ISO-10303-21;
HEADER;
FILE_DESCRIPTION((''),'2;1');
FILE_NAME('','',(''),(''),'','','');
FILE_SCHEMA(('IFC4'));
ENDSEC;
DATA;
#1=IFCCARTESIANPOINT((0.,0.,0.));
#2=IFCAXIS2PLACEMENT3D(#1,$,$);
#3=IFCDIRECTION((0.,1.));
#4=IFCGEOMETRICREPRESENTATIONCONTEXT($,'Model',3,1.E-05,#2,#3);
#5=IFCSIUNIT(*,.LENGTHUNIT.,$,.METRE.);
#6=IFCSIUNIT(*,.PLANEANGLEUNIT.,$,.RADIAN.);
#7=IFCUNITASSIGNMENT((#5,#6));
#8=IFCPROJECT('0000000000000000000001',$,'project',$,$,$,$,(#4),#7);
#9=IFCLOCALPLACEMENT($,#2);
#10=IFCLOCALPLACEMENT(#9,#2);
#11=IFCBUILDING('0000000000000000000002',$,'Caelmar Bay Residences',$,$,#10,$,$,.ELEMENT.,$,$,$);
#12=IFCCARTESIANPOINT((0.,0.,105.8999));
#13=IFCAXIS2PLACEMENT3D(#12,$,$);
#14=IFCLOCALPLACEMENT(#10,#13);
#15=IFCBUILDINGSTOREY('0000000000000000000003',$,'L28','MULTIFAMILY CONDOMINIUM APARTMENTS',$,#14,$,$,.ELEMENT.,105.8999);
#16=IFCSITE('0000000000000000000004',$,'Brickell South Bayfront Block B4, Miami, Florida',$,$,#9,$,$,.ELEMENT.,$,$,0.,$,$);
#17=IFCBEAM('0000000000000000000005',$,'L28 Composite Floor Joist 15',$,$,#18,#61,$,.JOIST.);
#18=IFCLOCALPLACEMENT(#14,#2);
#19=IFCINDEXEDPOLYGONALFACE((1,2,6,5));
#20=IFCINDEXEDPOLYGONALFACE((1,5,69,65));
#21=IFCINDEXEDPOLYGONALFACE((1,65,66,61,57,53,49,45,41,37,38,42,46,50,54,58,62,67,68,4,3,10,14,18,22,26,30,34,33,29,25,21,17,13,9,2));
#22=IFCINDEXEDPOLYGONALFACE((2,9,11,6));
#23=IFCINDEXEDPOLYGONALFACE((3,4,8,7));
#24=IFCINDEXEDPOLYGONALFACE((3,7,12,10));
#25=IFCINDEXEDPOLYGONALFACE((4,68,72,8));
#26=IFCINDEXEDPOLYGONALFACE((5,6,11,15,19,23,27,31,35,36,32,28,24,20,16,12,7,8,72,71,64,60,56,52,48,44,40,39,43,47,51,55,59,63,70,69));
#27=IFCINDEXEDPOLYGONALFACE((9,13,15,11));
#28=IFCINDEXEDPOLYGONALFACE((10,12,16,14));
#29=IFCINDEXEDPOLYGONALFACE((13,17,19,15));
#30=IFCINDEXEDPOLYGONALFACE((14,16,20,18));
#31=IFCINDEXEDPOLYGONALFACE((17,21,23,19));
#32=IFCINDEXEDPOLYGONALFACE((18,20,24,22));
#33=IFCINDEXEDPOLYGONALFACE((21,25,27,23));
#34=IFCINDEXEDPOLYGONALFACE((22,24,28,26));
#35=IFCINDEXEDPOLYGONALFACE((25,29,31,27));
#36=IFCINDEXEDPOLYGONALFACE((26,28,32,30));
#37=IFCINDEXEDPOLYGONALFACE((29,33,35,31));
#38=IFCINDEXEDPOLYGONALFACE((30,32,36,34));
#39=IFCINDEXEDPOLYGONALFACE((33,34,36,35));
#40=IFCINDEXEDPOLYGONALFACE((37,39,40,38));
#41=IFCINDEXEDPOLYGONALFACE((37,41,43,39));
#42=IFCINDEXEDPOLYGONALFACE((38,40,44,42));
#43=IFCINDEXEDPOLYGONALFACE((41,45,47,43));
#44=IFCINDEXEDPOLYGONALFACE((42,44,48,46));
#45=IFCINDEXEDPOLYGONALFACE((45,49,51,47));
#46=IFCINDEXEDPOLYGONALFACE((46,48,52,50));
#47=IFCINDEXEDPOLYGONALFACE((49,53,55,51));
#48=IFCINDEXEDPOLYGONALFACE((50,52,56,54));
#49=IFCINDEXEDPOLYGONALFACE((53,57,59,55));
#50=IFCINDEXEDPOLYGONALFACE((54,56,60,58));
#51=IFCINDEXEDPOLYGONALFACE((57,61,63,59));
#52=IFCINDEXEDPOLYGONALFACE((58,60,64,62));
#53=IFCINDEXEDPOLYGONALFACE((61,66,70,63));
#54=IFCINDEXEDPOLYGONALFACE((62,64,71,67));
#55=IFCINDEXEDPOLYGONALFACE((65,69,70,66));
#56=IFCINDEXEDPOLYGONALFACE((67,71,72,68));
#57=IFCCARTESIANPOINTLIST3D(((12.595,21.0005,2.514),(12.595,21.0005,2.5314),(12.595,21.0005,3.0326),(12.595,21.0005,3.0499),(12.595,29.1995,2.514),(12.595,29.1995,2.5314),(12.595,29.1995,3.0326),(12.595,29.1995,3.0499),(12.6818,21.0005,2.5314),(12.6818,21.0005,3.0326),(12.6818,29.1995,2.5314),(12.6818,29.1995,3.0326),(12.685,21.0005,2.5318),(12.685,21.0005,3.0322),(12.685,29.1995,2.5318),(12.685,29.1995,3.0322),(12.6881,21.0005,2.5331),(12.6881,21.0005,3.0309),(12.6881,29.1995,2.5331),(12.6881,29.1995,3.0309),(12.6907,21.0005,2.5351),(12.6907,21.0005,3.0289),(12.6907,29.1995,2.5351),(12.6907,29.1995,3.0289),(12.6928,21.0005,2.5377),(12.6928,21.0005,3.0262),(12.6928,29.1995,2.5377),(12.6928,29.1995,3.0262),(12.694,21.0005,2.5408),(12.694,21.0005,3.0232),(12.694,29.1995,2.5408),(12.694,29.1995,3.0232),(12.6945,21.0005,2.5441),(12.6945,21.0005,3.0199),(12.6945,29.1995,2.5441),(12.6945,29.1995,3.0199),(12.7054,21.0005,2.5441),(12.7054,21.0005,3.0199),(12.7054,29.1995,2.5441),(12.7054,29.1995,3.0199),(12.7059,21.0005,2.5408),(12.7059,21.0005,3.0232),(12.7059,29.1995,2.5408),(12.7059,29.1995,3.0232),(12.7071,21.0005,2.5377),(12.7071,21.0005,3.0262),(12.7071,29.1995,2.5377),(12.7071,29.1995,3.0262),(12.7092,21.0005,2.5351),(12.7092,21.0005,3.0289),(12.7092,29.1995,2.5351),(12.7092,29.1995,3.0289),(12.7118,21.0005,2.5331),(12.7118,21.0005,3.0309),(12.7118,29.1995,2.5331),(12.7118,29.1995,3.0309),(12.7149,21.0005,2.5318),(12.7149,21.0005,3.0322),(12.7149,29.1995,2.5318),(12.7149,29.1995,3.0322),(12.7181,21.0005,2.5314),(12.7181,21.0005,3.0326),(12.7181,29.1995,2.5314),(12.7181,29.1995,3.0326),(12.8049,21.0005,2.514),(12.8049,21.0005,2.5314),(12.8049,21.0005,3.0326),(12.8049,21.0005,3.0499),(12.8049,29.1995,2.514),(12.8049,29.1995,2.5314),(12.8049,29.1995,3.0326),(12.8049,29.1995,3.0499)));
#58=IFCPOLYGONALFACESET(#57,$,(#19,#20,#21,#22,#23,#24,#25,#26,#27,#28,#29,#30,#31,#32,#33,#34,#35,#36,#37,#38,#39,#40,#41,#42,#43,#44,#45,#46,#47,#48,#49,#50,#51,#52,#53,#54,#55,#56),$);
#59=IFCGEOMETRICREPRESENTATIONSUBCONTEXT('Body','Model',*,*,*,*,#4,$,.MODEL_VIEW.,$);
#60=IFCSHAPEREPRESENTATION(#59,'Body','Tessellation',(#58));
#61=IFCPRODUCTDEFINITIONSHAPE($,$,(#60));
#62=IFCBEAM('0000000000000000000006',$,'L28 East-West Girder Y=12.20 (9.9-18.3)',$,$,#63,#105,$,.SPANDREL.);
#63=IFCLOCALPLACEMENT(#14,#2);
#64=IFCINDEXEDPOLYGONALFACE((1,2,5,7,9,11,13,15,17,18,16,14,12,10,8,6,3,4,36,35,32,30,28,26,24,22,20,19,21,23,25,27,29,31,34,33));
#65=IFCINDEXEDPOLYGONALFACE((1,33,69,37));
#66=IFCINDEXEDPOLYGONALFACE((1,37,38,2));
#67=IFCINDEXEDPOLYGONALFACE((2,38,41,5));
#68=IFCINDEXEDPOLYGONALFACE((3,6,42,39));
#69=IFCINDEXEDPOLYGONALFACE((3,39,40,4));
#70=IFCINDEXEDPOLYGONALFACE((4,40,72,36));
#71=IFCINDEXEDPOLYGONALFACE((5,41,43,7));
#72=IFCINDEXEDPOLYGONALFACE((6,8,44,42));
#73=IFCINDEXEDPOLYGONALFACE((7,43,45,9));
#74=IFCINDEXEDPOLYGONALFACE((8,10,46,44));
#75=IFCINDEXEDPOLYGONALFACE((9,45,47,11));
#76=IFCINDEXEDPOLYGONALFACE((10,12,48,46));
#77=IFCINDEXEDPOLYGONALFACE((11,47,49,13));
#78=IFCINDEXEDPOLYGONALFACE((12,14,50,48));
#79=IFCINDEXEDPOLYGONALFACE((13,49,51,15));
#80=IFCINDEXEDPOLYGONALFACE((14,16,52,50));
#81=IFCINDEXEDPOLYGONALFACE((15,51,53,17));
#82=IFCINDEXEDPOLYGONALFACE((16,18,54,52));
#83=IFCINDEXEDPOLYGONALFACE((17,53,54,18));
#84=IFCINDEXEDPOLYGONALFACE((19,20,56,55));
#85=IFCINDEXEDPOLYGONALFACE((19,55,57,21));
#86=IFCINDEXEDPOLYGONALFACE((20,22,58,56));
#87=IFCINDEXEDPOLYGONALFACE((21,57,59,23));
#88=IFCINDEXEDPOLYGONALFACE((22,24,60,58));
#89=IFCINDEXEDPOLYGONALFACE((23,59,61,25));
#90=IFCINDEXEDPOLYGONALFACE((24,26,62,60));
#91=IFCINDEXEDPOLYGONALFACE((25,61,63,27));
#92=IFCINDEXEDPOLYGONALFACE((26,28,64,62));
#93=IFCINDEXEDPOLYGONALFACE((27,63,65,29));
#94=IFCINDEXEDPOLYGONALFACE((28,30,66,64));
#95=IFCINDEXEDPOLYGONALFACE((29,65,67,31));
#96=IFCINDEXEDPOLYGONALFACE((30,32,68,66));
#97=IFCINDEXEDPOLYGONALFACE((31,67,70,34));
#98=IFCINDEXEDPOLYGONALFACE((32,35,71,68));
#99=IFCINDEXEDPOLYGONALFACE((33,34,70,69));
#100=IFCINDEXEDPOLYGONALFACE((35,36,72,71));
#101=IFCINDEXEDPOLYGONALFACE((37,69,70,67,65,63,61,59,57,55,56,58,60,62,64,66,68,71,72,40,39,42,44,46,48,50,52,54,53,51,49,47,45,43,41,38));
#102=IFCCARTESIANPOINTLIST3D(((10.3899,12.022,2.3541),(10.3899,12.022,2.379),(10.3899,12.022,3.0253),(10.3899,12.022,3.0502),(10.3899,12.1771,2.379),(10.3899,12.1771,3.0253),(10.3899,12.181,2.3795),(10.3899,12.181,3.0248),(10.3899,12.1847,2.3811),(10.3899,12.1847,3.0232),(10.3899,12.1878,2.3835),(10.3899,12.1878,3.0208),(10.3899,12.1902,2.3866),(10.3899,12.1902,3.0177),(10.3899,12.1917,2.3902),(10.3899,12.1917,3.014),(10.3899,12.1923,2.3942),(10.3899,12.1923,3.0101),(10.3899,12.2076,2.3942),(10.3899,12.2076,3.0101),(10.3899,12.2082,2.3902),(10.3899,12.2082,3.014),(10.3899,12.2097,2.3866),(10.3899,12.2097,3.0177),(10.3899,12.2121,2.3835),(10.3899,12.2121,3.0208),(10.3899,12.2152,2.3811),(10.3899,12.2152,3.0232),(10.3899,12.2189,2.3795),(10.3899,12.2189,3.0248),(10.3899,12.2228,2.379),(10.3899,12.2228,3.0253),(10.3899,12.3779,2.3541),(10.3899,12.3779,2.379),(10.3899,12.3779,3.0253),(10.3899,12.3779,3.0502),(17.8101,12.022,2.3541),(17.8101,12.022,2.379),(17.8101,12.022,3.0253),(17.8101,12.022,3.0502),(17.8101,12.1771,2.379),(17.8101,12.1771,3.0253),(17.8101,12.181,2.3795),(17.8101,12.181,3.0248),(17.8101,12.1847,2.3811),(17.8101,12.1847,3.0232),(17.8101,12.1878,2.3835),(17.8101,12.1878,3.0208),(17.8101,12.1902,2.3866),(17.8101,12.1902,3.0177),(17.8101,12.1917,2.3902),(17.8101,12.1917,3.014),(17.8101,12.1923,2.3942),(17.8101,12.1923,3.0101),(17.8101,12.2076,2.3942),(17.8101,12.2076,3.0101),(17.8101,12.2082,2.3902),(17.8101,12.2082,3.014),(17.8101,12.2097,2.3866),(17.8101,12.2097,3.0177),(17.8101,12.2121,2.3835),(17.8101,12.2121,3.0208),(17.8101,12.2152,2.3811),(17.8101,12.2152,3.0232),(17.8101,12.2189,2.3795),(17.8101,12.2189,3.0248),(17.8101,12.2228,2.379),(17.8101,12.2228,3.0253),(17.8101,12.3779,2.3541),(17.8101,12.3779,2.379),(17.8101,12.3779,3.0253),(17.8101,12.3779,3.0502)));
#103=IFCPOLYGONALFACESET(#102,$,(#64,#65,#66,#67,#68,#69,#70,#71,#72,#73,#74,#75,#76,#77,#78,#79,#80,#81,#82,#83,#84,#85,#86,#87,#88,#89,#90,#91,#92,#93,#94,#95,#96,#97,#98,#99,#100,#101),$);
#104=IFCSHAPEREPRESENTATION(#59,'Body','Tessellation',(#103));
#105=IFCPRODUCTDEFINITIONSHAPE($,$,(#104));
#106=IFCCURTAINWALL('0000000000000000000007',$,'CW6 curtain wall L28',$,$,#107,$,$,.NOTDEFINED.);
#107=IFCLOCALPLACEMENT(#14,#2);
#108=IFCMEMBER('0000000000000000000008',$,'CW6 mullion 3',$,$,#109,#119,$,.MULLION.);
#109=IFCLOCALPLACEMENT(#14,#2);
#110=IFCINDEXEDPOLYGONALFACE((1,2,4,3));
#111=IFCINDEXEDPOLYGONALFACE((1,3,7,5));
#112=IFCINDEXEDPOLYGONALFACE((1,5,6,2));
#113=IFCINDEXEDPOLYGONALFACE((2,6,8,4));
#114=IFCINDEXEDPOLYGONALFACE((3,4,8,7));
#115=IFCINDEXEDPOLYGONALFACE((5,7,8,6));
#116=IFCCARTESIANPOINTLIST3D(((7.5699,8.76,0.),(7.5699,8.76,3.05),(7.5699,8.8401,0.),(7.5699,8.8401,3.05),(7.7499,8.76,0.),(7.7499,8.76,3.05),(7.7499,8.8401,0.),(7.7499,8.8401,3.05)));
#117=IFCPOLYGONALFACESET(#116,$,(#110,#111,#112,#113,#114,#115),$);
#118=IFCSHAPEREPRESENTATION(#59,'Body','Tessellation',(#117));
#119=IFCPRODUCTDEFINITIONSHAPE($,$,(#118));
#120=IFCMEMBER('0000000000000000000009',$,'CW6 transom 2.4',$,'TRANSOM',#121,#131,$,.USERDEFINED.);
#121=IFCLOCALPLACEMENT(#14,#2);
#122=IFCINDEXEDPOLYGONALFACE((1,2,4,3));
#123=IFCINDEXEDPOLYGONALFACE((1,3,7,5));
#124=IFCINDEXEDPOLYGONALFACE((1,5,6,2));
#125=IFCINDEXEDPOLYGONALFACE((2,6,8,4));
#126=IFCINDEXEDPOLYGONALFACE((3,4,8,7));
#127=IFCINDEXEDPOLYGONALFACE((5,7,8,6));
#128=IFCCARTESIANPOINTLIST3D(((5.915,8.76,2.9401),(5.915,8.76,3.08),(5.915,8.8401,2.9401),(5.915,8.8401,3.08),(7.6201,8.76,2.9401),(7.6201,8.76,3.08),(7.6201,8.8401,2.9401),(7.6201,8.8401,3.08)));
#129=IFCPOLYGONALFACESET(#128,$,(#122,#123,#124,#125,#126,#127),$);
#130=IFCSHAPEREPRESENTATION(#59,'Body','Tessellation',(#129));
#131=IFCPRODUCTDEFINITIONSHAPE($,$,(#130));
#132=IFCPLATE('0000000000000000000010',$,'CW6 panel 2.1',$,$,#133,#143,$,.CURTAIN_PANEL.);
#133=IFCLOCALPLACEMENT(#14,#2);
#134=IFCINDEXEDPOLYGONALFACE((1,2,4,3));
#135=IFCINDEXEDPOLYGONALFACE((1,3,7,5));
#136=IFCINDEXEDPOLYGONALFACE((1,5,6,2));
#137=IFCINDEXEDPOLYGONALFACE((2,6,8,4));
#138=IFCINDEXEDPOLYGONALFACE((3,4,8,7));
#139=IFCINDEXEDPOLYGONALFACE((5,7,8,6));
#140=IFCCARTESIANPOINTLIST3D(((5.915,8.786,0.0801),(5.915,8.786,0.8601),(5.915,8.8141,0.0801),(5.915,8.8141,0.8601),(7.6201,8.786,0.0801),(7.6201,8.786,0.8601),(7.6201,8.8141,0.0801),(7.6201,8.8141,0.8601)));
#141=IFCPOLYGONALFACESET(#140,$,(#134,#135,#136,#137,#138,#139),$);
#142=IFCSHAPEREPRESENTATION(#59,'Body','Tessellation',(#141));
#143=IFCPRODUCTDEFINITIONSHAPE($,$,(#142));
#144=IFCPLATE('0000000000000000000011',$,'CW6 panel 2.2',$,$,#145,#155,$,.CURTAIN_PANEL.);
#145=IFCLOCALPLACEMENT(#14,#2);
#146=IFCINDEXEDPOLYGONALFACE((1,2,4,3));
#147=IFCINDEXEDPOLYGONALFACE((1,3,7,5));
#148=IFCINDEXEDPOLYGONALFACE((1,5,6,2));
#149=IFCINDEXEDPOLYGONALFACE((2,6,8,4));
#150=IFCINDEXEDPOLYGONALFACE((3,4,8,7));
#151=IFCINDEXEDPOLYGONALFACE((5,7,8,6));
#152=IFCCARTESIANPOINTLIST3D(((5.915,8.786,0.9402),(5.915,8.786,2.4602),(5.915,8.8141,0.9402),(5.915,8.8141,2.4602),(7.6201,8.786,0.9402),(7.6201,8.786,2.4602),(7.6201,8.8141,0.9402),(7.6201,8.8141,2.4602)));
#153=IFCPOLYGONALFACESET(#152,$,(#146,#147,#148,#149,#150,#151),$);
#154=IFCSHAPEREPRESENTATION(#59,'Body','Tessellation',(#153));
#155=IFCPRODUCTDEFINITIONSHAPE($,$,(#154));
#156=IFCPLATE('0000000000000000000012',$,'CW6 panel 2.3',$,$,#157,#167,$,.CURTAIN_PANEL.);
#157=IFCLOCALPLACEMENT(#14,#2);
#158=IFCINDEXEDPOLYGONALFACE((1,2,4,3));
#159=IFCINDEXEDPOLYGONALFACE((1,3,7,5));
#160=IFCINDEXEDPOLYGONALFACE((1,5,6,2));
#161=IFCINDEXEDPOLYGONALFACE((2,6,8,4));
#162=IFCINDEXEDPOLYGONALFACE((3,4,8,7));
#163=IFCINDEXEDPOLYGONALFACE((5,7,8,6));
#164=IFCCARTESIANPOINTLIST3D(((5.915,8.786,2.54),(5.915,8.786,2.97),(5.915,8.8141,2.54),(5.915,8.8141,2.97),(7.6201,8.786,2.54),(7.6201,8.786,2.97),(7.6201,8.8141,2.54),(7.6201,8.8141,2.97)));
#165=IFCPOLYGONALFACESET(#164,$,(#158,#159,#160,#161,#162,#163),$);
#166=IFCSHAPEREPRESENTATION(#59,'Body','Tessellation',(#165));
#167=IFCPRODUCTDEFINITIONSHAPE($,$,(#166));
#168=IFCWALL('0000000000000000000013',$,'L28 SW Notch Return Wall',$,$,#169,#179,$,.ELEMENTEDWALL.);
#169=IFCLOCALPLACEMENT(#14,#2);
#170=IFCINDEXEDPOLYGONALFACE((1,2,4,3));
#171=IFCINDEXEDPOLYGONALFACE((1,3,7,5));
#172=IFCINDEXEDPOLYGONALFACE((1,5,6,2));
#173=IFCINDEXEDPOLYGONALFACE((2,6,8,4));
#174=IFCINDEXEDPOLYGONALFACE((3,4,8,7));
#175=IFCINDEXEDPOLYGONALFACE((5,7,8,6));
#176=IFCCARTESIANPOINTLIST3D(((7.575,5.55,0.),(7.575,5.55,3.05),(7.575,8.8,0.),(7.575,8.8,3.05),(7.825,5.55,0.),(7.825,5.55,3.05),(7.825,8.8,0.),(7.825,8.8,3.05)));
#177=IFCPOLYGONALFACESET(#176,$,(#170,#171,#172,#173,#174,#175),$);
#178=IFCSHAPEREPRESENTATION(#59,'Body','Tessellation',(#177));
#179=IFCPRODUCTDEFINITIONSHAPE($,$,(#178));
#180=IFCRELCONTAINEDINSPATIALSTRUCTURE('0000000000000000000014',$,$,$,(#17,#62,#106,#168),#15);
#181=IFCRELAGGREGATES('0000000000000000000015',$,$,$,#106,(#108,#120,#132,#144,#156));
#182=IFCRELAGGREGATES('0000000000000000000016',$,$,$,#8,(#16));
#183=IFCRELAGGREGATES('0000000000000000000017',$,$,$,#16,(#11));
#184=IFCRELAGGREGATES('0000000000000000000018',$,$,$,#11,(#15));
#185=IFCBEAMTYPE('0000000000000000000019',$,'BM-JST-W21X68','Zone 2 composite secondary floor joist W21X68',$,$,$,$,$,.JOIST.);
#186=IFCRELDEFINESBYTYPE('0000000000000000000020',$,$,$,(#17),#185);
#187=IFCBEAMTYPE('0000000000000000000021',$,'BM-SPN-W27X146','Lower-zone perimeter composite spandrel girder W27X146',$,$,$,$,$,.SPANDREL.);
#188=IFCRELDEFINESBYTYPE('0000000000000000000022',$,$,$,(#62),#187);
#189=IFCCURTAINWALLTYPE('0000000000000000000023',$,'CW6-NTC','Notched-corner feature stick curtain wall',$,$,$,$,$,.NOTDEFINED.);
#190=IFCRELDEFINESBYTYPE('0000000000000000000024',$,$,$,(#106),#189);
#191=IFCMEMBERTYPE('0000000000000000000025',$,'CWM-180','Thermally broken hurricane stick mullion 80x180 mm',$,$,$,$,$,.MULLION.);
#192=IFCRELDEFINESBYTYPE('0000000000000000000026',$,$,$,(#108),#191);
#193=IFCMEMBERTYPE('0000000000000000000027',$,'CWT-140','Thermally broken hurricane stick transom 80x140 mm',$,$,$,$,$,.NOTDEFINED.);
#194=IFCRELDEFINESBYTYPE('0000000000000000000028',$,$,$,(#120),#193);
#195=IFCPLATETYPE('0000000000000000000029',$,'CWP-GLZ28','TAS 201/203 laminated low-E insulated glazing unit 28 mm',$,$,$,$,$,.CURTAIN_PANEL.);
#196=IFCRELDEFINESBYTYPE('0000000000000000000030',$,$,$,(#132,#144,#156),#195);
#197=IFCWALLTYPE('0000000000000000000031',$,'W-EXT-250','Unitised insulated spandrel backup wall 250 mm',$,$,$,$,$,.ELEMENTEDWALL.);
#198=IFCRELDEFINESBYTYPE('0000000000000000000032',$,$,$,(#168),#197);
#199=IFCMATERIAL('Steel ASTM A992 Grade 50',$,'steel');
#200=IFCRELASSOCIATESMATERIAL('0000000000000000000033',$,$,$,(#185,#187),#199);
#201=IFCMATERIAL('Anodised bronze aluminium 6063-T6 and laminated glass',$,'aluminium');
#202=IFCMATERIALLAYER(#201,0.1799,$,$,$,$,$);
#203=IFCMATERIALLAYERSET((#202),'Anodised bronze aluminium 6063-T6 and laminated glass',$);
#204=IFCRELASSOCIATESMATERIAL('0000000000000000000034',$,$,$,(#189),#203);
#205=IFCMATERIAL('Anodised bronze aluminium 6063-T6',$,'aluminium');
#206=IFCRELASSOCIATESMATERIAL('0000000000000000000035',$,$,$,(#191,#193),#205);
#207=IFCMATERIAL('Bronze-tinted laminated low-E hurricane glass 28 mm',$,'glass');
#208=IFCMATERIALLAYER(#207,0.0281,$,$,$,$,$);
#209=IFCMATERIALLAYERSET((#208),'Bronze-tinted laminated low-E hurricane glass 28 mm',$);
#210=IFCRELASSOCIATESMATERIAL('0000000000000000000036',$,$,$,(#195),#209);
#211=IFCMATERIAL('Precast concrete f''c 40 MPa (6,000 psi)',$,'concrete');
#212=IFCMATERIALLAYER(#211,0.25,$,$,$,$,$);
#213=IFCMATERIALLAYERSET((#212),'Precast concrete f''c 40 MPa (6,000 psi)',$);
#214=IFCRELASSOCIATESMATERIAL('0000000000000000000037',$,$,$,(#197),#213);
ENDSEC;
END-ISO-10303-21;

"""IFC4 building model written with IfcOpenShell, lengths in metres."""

from ifc_helpers import new_model, si_unit, direction, frame, frame_2d, origin, origin_2d, place, context, subcontext, project, spatial, rectangle, i_section, extrude, material, layer, layer_set, material_profile, profile_set, type_object, element, aggregate, save


model = new_model("IFC4")

# Units and contexts
model_context = context("Model", 3, precision=1e-05, world=origin(), true_north=direction((0.0, 1.0)))
body_context = subcontext(model_context, "Body", "Model", "MODEL_VIEW")
ifc_project = project(units=[si_unit("LENGTHUNIT", "METRE"), si_unit("PLANEANGLEUNIT", "RADIAN")], contexts=[model_context])

# Site, building, storey
site_placement = place(None, origin())
site = spatial("IfcSite", under=ifc_project, at=site_placement, Name="Brickell South Bayfront Block B4, Miami, Florida", CompositionType="ELEMENT", RefElevation=0.0)
building_placement = place(site_placement, origin())
building = spatial("IfcBuilding", under=site, at=building_placement, Name="Caelmar Bay Residences", CompositionType="ELEMENT")
storey_placement = place(building_placement, frame((0.0, 0.0, 105.8999)))
storey = spatial("IfcBuildingStorey", under=building, at=storey_placement, Name="L28", Description="MULTIFAMILY CONDOMINIUM APARTMENTS", CompositionType="ELEMENT", Elevation=105.8999)

# Beams
ifc_material_1 = material(Name="Steel ASTM A992 Grade 50", Category="steel")
ifc_material_profile_1 = material_profile(ifc_material_1, i_section(OverallWidth=0.21, OverallDepth=0.5359, WebThickness=0.011, FlangeThickness=0.0173, FilletRadius=0.0127, at=origin_2d()), Name="W21X68")
ifc_profile_set_1 = profile_set([ifc_material_profile_1], Name="Steel ASTM A992 Grade 50")
beam_type_1 = type_object("IfcBeamType", Name="BM-JST-W21X68", Description="Zone 2 composite secondary floor joist W21X68", PredefinedType="JOIST", material=ifc_profile_set_1)
beam_1_placement = place(storey_placement, frame((12.7, 21.0005, 2.782), z_axis=(0.0, 1.0, 0.0), x_axis=(-1.0, 0.0, 0.0)))
element("IfcBeam", 1, at=beam_1_placement, inside=storey, type_object=beam_type_1, Name="L28 Composite Floor Joist 15", PredefinedType="JOIST", context=body_context, shape_type="SweptSolid", body=[
    extrude(i_section(OverallWidth=0.21, OverallDepth=0.5359, WebThickness=0.011, FlangeThickness=0.0173, FilletRadius=0.0127, at=origin_2d()), origin(), (0.0, 0.0, 1.0), 8.199),
])
ifc_material_profile_2 = material_profile(ifc_material_1, i_section(OverallWidth=0.356, OverallDepth=0.696, WebThickness=0.0154, FlangeThickness=0.0249, FilletRadius=0.0151, at=origin_2d()), Name="W27X146")
ifc_profile_set_2 = profile_set([ifc_material_profile_2], Name="Steel ASTM A992 Grade 50")
beam_type_2 = type_object("IfcBeamType", Name="BM-SPN-W27X146", Description="Lower-zone perimeter composite spandrel girder W27X146", PredefinedType="SPANDREL", material=ifc_profile_set_2)
beam_2_placement = place(storey_placement, frame((10.3899, 12.2, 2.7021), z_axis=(1.0, 0.0, 0.0), x_axis=(0.0, 1.0, 0.0)))
element("IfcBeam", 2, at=beam_2_placement, inside=storey, type_object=beam_type_2, Name="L28 East-West Girder Y=12.20 (9.9-18.3)", PredefinedType="SPANDREL", context=body_context, shape_type="SweptSolid", body=[
    extrude(i_section(OverallWidth=0.356, OverallDepth=0.696, WebThickness=0.0154, FlangeThickness=0.0249, FilletRadius=0.0151, at=origin_2d()), origin(), (0.0, 0.0, 1.0), 7.4202),
])

# Curtain wall, members, plates
ifc_material_2 = material(Name="Anodised bronze aluminium 6063-T6 and laminated glass", Category="aluminium")
ifc_layer_1 = layer(ifc_material_2, 0.1799)
ifc_layer_set_1 = layer_set([ifc_layer_1], Name="Anodised bronze aluminium 6063-T6 and laminated glass")
curtain_wall_type = type_object("IfcCurtainWallType", Name="CW6-NTC", Description="Notched-corner feature stick curtain wall", PredefinedType="NOTDEFINED", material=ifc_layer_set_1)
curtain_wall_placement = place(storey_placement, origin())
curtain_wall = element("IfcCurtainWall", 3, at=curtain_wall_placement, inside=storey, type_object=curtain_wall_type, Name="CW6 curtain wall L28", PredefinedType="NOTDEFINED")
ifc_material_3 = material(Name="Anodised bronze aluminium 6063-T6", Category="aluminium")
ifc_material_profile_3 = material_profile(ifc_material_3, rectangle(XDim=0.0801, YDim=0.1799, at=origin_2d()), Name="CWM-80X180")
ifc_profile_set_3 = profile_set([ifc_material_profile_3], Name="Anodised bronze aluminium 6063-T6")
member_type_1 = type_object("IfcMemberType", Name="CWM-180", Description="Thermally broken hurricane stick mullion 80x180 mm", PredefinedType="MULLION", material=ifc_profile_set_3)
member_1_placement = place(storey_placement, frame((7.6599, 8.8, 0.0), z_axis=(0.0, 0.0, 1.0), x_axis=(0.0, 1.0, 0.0)))
member_1 = element("IfcMember", 4, at=member_1_placement, type_object=member_type_1, Name="CW6 mullion 3", PredefinedType="MULLION", context=body_context, shape_type="SweptSolid", body=[
    extrude(rectangle(XDim=0.0801, YDim=0.1799, at=origin_2d()), origin(), (0.0, 0.0, 1.0), 3.05),
])
ifc_material_profile_4 = material_profile(ifc_material_3, rectangle(XDim=0.0801, YDim=0.1399, at=origin_2d()), Name="CWT-80X140")
ifc_profile_set_4 = profile_set([ifc_material_profile_4], Name="Anodised bronze aluminium 6063-T6")
member_type_2 = type_object("IfcMemberType", Name="CWT-140", Description="Thermally broken hurricane stick transom 80x140 mm", PredefinedType="NOTDEFINED", material=ifc_profile_set_4)
member_2_placement = place(storey_placement, frame((5.915, 8.8, 3.01), z_axis=(1.0, 0.0, 0.0), x_axis=(0.0, 1.0, 0.0)))
member_2 = element("IfcMember", 5, at=member_2_placement, type_object=member_type_2, Name="CW6 transom 2.4", ObjectType="TRANSOM", PredefinedType="USERDEFINED", context=body_context, shape_type="SweptSolid", body=[
    extrude(rectangle(XDim=0.0801, YDim=0.1399, at=origin_2d()), origin(), (0.0, 0.0, 1.0), 1.7051),
])
ifc_material_4 = material(Name="Bronze-tinted laminated low-E hurricane glass 28 mm", Category="glass")
ifc_layer_2 = layer(ifc_material_4, 0.0281)
ifc_layer_set_2 = layer_set([ifc_layer_2], Name="Bronze-tinted laminated low-E hurricane glass 28 mm")
plate_type = type_object("IfcPlateType", Name="CWP-GLZ28", Description="TAS 201/203 laminated low-E insulated glazing unit 28 mm", PredefinedType="CURTAIN_PANEL", material=ifc_layer_set_2)
plate_1_placement = place(storey_placement, frame((6.7676, 8.8, 0.0801), z_axis=(0.0, 0.0, 1.0), x_axis=(1.0, 0.0, 0.0)))
plate_1 = element("IfcPlate", 6, at=plate_1_placement, type_object=plate_type, Name="CW6 panel 2.1", PredefinedType="CURTAIN_PANEL", context=body_context, shape_type="SweptSolid", body=[
    extrude(rectangle(XDim=1.7051, YDim=0.0281, at=origin_2d()), origin(), (0.0, 0.0, 1.0), 0.78),
])
plate_2_placement = place(storey_placement, frame((6.7676, 8.8, 0.9402), z_axis=(0.0, 0.0, 1.0), x_axis=(1.0, 0.0, 0.0)))
plate_2 = element("IfcPlate", 7, at=plate_2_placement, type_object=plate_type, Name="CW6 panel 2.2", PredefinedType="CURTAIN_PANEL", context=body_context, shape_type="SweptSolid", body=[
    extrude(rectangle(XDim=1.7051, YDim=0.0281, at=origin_2d()), origin(), (0.0, 0.0, 1.0), 1.52),
])
plate_3_placement = place(storey_placement, frame((6.7676, 8.8, 2.54), z_axis=(0.0, 0.0, 1.0), x_axis=(1.0, 0.0, 0.0)))
plate_3 = element("IfcPlate", 8, at=plate_3_placement, type_object=plate_type, Name="CW6 panel 2.3", PredefinedType="CURTAIN_PANEL", context=body_context, shape_type="SweptSolid", body=[
    extrude(rectangle(XDim=1.7051, YDim=0.0281, at=origin_2d()), origin(), (0.0, 0.0, 1.0), 0.4299),
])
aggregate(curtain_wall, [member_1, member_2, plate_1, plate_2, plate_3])

# Wall
ifc_material_5 = material(Name="Precast concrete f'c 40 MPa (6,000 psi)", Category="concrete")
ifc_layer_3 = layer(ifc_material_5, 0.25)
ifc_layer_set_3 = layer_set([ifc_layer_3], Name="Precast concrete f'c 40 MPa (6,000 psi)")
wall_type_1 = type_object("IfcWallType", Name="W-EXT-250", Description="Unitised insulated spandrel backup wall 250 mm", PredefinedType="ELEMENTEDWALL", material=ifc_layer_set_3)
wall_1_placement = place(storey_placement, frame((7.7, 8.8, 0.0), z_axis=(0.0, 0.0, 1.0), x_axis=(0.0, -1.0, 0.0)))
element("IfcWall", 9, at=wall_1_placement, inside=storey, type_object=wall_type_1, Name="L28 SW Notch Return Wall", PredefinedType="ELEMENTEDWALL", context=body_context, shape_type="SweptSolid", body=[
    extrude(rectangle(XDim=3.25, YDim=0.25, at=frame_2d((1.625, 0.0))), origin(), (0.0, 0.0, 1.0), 3.05),
])

save(model, "model.ifc")
